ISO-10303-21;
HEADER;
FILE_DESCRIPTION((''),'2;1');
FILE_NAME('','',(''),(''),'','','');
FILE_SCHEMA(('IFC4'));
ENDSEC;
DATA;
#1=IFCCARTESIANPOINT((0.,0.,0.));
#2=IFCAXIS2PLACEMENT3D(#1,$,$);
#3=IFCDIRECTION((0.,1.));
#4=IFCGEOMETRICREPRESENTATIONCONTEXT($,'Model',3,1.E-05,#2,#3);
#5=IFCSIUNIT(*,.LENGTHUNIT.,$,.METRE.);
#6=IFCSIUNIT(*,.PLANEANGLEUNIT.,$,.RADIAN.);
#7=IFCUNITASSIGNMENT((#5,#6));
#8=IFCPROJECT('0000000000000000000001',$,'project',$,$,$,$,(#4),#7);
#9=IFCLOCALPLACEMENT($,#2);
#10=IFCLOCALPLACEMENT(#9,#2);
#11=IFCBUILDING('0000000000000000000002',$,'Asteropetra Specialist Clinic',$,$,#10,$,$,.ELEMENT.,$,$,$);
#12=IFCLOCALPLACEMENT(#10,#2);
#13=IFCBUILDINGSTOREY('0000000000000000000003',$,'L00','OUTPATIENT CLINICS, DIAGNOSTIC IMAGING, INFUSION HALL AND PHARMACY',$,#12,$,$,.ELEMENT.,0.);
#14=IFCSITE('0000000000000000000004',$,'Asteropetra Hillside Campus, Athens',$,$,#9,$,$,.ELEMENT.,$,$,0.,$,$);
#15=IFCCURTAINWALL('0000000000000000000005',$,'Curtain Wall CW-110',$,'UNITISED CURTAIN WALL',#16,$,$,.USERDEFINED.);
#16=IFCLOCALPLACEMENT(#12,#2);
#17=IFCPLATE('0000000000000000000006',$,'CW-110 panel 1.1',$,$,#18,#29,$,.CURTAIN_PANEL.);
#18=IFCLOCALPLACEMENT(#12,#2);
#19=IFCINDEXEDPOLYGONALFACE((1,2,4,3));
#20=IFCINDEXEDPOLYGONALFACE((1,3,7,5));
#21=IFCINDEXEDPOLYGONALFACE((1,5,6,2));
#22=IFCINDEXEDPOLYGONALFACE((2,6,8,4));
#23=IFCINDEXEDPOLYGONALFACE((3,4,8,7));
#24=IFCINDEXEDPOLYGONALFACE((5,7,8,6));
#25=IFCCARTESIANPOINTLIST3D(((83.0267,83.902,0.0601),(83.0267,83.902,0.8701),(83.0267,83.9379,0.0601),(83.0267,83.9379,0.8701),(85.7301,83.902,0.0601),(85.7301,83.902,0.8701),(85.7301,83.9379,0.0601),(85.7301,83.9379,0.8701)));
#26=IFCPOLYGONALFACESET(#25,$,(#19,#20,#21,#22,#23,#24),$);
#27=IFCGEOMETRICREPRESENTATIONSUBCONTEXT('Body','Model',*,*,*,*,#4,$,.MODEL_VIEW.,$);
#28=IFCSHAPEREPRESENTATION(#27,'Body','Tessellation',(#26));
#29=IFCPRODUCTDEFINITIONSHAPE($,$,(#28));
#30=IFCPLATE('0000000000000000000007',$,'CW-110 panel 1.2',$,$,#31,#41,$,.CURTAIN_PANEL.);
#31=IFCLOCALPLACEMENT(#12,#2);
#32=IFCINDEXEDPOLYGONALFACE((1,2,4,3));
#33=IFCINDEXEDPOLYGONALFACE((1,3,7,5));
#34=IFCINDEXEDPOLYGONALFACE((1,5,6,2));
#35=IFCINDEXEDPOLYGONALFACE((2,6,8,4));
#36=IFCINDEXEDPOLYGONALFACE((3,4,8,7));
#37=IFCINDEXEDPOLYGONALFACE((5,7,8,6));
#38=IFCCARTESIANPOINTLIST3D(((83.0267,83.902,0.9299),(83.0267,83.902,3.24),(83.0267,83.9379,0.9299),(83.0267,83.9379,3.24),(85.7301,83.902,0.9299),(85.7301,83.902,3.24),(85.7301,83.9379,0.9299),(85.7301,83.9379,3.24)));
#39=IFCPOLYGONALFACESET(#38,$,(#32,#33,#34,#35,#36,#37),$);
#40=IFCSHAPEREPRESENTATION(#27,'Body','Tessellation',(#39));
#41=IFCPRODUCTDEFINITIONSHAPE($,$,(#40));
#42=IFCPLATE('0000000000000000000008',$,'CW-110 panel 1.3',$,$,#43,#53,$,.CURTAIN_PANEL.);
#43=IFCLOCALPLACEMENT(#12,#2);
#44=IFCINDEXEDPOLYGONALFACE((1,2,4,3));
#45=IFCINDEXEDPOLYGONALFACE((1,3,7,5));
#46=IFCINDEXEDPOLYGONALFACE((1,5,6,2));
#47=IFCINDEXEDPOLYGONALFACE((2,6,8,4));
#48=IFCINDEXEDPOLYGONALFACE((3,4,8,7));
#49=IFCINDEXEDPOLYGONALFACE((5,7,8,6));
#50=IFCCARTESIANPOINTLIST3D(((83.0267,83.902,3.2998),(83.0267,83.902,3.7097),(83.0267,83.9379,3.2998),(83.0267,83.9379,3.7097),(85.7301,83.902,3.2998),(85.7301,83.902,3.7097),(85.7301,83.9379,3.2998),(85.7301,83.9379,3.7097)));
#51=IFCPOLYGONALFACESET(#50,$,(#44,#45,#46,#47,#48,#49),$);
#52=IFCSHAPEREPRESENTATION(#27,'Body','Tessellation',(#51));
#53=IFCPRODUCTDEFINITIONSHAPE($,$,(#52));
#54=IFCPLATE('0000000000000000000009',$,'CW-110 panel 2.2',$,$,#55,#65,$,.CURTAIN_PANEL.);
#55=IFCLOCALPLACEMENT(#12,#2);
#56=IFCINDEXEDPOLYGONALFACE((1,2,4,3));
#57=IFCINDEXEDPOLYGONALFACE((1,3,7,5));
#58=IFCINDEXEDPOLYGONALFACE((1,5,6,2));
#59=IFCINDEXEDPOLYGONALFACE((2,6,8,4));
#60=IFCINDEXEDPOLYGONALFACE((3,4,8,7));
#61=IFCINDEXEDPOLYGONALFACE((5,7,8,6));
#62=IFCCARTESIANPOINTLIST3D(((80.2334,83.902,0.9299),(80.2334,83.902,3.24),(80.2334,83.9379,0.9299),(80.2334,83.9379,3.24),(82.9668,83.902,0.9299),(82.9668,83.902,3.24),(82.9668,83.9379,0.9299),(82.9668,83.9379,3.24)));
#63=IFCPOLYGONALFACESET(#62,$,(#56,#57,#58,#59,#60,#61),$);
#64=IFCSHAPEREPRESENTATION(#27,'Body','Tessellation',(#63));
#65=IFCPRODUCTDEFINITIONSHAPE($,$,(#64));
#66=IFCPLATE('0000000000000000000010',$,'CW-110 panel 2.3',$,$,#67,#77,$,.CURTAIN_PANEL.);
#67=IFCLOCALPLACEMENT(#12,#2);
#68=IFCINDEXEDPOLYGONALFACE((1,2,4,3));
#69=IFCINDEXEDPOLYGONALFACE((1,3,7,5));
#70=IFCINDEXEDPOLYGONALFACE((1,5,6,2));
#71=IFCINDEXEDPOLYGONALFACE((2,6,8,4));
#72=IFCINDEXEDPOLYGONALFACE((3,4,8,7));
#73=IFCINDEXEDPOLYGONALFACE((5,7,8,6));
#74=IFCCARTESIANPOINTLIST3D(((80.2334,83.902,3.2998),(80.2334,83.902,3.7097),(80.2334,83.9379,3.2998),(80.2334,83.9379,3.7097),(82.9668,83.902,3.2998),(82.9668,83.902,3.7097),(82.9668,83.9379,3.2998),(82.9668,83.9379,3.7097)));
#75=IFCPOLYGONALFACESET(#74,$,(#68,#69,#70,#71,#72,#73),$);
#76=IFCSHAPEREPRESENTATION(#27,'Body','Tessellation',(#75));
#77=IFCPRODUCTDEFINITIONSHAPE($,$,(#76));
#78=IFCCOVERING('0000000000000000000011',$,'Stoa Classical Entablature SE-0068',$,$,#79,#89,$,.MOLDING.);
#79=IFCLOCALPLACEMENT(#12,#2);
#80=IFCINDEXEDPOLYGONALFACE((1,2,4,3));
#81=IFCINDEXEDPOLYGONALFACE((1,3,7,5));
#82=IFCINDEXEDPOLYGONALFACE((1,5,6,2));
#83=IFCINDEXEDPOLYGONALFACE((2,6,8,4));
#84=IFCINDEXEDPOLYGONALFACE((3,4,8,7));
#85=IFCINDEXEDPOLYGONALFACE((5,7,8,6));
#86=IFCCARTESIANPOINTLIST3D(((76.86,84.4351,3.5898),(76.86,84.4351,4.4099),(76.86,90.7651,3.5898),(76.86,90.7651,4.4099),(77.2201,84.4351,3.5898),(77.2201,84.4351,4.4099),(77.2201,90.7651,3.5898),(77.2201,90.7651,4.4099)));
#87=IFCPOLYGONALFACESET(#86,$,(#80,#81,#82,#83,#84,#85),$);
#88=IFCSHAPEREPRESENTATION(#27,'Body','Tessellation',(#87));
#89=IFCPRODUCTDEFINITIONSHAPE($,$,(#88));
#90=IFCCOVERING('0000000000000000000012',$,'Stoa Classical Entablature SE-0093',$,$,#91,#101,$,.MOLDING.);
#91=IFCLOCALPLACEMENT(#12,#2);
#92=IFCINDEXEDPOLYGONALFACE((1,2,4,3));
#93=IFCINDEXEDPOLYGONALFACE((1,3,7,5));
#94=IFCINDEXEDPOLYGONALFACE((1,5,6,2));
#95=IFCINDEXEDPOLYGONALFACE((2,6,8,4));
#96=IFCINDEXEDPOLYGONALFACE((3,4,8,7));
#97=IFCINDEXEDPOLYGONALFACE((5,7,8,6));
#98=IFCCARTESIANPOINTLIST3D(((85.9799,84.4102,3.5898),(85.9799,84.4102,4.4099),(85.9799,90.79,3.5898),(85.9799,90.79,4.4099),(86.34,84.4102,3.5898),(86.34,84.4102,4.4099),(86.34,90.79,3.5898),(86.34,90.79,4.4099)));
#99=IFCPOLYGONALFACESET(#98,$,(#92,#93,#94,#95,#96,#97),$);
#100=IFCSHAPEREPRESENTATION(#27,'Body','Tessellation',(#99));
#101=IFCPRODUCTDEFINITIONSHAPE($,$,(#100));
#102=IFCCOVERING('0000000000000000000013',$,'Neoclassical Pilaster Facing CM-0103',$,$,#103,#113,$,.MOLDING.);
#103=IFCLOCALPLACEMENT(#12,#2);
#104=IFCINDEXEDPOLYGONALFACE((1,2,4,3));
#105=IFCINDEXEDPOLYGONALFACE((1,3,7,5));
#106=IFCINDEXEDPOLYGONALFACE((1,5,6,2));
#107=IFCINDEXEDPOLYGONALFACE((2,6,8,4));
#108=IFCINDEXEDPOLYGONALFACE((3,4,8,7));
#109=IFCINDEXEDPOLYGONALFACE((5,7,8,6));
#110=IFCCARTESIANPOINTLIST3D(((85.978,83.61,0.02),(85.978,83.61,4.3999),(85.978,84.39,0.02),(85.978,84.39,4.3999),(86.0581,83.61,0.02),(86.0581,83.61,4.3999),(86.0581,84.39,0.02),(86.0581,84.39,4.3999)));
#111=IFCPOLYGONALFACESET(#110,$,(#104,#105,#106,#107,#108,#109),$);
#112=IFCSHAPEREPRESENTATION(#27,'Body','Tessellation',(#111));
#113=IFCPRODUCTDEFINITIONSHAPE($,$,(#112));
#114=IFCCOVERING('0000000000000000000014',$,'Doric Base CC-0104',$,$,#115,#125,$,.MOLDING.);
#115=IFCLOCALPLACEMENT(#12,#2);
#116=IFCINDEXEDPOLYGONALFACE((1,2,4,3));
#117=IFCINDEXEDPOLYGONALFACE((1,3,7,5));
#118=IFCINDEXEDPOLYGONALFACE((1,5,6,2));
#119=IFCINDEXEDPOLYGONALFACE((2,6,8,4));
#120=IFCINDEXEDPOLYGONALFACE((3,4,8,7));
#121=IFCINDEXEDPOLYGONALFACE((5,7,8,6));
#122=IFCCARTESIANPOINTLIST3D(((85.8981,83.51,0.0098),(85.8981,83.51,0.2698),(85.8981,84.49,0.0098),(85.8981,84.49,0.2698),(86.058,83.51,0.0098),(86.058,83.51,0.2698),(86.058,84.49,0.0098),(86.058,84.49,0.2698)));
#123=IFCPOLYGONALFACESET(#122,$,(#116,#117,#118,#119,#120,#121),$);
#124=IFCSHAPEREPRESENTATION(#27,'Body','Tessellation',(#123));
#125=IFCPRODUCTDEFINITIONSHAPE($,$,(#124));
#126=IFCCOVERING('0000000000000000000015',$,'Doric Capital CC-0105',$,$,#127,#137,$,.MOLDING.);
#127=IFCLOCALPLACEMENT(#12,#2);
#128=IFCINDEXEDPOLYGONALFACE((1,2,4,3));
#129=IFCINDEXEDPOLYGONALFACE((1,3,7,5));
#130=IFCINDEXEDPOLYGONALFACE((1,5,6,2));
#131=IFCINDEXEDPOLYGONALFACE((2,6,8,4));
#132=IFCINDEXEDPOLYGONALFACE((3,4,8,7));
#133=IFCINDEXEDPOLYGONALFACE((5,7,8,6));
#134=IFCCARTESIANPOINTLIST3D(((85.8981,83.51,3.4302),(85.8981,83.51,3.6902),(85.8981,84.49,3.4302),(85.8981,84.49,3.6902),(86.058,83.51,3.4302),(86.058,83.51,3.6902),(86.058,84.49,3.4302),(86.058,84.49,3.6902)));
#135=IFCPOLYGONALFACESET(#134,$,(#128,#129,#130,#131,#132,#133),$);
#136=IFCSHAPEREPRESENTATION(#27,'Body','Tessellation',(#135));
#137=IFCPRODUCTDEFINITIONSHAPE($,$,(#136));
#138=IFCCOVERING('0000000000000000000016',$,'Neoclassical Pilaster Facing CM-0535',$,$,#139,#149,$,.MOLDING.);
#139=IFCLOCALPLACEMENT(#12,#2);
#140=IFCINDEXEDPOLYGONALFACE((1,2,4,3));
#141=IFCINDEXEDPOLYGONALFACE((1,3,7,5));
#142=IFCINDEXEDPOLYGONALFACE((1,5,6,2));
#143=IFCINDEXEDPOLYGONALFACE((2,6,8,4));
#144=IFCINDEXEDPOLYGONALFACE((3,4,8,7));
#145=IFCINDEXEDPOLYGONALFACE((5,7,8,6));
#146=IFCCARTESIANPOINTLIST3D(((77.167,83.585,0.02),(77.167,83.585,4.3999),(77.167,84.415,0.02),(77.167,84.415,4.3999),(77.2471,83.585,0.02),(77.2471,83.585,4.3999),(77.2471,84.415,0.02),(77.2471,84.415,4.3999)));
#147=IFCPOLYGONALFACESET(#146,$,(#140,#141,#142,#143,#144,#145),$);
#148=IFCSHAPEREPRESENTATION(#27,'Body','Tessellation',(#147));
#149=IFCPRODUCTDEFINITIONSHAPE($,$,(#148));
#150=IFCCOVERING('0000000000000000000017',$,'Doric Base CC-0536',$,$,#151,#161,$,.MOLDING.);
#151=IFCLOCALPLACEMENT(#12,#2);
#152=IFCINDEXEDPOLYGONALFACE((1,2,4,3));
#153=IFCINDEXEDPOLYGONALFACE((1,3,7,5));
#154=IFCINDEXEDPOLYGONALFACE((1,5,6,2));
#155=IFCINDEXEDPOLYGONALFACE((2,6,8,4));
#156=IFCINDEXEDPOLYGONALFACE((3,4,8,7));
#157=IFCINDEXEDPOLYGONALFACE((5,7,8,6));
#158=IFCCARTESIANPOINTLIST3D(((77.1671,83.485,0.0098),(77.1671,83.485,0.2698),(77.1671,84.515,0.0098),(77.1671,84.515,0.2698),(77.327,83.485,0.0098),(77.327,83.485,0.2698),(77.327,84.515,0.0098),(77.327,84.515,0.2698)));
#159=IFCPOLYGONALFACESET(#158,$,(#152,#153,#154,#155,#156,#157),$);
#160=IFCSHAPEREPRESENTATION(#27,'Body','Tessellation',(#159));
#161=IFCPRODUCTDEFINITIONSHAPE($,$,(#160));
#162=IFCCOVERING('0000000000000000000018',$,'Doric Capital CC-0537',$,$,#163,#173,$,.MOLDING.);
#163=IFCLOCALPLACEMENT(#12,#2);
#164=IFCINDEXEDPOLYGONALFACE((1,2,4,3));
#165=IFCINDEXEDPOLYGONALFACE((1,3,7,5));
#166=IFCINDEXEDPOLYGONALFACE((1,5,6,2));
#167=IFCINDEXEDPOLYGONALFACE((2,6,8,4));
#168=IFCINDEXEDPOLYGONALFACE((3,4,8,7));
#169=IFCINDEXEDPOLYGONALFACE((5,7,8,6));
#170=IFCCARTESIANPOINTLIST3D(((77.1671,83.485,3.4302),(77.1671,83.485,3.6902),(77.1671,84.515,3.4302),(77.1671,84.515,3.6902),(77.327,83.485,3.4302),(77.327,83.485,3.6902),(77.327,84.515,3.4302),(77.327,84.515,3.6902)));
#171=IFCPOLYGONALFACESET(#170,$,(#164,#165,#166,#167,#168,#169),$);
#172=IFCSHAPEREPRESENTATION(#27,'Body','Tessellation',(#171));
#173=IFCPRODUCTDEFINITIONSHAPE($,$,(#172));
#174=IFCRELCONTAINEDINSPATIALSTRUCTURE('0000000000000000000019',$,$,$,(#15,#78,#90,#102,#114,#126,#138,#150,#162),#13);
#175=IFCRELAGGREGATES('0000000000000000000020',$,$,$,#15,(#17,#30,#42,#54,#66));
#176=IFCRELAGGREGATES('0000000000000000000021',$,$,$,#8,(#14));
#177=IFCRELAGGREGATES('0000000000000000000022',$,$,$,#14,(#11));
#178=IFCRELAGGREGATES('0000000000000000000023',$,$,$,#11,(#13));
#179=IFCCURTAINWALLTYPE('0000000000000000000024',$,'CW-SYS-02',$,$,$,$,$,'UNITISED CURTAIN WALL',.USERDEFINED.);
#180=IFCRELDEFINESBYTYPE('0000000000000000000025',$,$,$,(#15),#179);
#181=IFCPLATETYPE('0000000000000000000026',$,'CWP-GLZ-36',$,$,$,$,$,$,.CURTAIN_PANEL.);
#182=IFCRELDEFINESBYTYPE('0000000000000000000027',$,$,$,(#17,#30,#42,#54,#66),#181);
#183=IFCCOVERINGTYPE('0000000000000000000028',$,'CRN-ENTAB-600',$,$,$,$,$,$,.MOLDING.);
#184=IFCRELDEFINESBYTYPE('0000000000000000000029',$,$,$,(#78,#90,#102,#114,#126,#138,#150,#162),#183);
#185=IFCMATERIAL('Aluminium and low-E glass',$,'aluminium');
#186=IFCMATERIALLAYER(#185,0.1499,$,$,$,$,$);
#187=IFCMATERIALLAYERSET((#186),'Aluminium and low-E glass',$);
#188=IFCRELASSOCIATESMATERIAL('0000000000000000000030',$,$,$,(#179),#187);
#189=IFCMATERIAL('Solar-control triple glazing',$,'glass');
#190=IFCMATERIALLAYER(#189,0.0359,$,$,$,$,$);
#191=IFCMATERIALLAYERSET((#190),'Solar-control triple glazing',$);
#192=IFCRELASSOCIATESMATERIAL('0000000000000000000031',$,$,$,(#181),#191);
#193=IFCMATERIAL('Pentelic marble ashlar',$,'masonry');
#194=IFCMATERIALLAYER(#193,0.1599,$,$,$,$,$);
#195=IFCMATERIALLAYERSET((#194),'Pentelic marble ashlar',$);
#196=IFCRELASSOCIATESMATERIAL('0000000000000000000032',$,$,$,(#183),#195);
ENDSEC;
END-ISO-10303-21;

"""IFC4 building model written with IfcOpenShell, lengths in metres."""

from ifc_helpers import new_model, si_unit, direction, frame, origin, origin_2d, place, context, subcontext, project, spatial, rectangle, extrude, material, layer, layer_set, type_object, element, aggregate, save


model = new_model("IFC4")

# Units and contexts
model_context = context("Model", 3, precision=1e-05, world=origin(), true_north=direction((0.0, 1.0)))
body_context = subcontext(model_context, "Body", "Model", "MODEL_VIEW")
ifc_project = project(units=[si_unit("LENGTHUNIT", "METRE"), si_unit("PLANEANGLEUNIT", "RADIAN")], contexts=[model_context])

# Site, building, storey
site_placement = place(None, origin())
site = spatial("IfcSite", under=ifc_project, at=site_placement, Name="Asteropetra Hillside Campus, Athens", CompositionType="ELEMENT", RefElevation=0.0)
building_placement = place(site_placement, origin())
building = spatial("IfcBuilding", under=site, at=building_placement, Name="Asteropetra Specialist Clinic", CompositionType="ELEMENT")
storey_placement = place(building_placement, origin())
storey = spatial("IfcBuildingStorey", under=building, at=storey_placement, Name="L00", Description="OUTPATIENT CLINICS, DIAGNOSTIC IMAGING, INFUSION HALL AND PHARMACY", CompositionType="ELEMENT", Elevation=0.0)

# Curtain wall
ifc_material_1 = material(Name="Aluminium and low-E glass", Category="aluminium")
ifc_layer_1 = layer(ifc_material_1, 0.1499)
ifc_layer_set_1 = layer_set([ifc_layer_1], Name="Aluminium and low-E glass")
curtain_wall_type_1 = type_object("IfcCurtainWallType", Name="CW-SYS-02", ElementType="UNITISED CURTAIN WALL", PredefinedType="USERDEFINED", material=ifc_layer_set_1)
curtain_wall_1_placement = place(storey_placement, origin())
curtain_wall_1 = element("IfcCurtainWall", 1, at=curtain_wall_1_placement, inside=storey, type_object=curtain_wall_type_1, Name="Curtain Wall CW-110", ObjectType="UNITISED CURTAIN WALL", PredefinedType="USERDEFINED")

# Plates
ifc_material_2 = material(Name="Solar-control triple glazing", Category="glass")
ifc_layer_2 = layer(ifc_material_2, 0.0359)
ifc_layer_set_2 = layer_set([ifc_layer_2], Name="Solar-control triple glazing")
plate_type_1 = type_object("IfcPlateType", Name="CWP-GLZ-36", PredefinedType="CURTAIN_PANEL", material=ifc_layer_set_2)
plate_1_placement = place(storey_placement, frame((84.3784, 83.9199, 0.0601), z_axis=(0.0, 0.0, 1.0), x_axis=(-1.0, 0.0, 0.0)))
plate_1 = element("IfcPlate", 2, at=plate_1_placement, type_object=plate_type_1, Name="CW-110 panel 1.1", PredefinedType="CURTAIN_PANEL", context=body_context, shape_type="SweptSolid", body=[
    extrude(rectangle(XDim=2.7034, YDim=0.0359, at=origin_2d()), origin(), (0.0, 0.0, 1.0), 0.8101),
])
plate_2_placement = place(storey_placement, frame((84.3784, 83.9199, 0.9299), z_axis=(0.0, 0.0, 1.0), x_axis=(-1.0, 0.0, 0.0)))
plate_2 = element("IfcPlate", 3, at=plate_2_placement, type_object=plate_type_1, Name="CW-110 panel 1.2", PredefinedType="CURTAIN_PANEL", context=body_context, shape_type="SweptSolid", body=[
    extrude(rectangle(XDim=2.7034, YDim=0.0359, at=origin_2d()), origin(), (0.0, 0.0, 1.0), 2.3101),
])
plate_3_placement = place(storey_placement, frame((84.3784, 83.9199, 3.2998), z_axis=(0.0, 0.0, 1.0), x_axis=(-1.0, 0.0, 0.0)))
plate_3 = element("IfcPlate", 4, at=plate_3_placement, type_object=plate_type_1, Name="CW-110 panel 1.3", PredefinedType="CURTAIN_PANEL", context=body_context, shape_type="SweptSolid", body=[
    extrude(rectangle(XDim=2.7034, YDim=0.0359, at=origin_2d()), origin(), (0.0, 0.0, 1.0), 0.4099),
])
plate_4_placement = place(storey_placement, frame((81.6001, 83.9199, 0.9299), z_axis=(0.0, 0.0, 1.0), x_axis=(-1.0, 0.0, 0.0)))
plate_4 = element("IfcPlate", 5, at=plate_4_placement, type_object=plate_type_1, Name="CW-110 panel 2.2", PredefinedType="CURTAIN_PANEL", context=body_context, shape_type="SweptSolid", body=[
    extrude(rectangle(XDim=2.7334, YDim=0.0359, at=origin_2d()), origin(), (0.0, 0.0, 1.0), 2.3101),
])
plate_5_placement = place(storey_placement, frame((81.6001, 83.9199, 3.2998), z_axis=(0.0, 0.0, 1.0), x_axis=(-1.0, 0.0, 0.0)))
plate_5 = element("IfcPlate", 6, at=plate_5_placement, type_object=plate_type_1, Name="CW-110 panel 2.3", PredefinedType="CURTAIN_PANEL", context=body_context, shape_type="SweptSolid", body=[
    extrude(rectangle(XDim=2.7334, YDim=0.0359, at=origin_2d()), origin(), (0.0, 0.0, 1.0), 0.4099),
])
aggregate(curtain_wall_1, [plate_1, plate_2, plate_3, plate_4, plate_5])

# Coverings
ifc_material_3 = material(Name="Pentelic marble ashlar", Category="masonry")
ifc_layer_3 = layer(ifc_material_3, 0.1599)
ifc_layer_set_3 = layer_set([ifc_layer_3], Name="Pentelic marble ashlar")
covering_type = type_object("IfcCoveringType", Name="CRN-ENTAB-600", PredefinedType="MOLDING", material=ifc_layer_set_3)
covering_1_placement = place(storey_placement, frame((77.04, 87.6001, 3.5898), z_axis=(0.0, 0.0, 1.0), x_axis=(1.0, 0.0, 0.0)))
element("IfcCovering", 7, at=covering_1_placement, inside=storey, type_object=covering_type, Name="Stoa Classical Entablature SE-0068", PredefinedType="MOLDING", context=body_context, shape_type="SweptSolid", body=[
    extrude(rectangle(XDim=0.3601, YDim=6.3301, at=origin_2d()), origin(), (0.0, 0.0, 1.0), 0.8201),
])
covering_2_placement = place(storey_placement, frame((86.1599, 87.6001, 3.5898), z_axis=(0.0, 0.0, 1.0), x_axis=(1.0, 0.0, 0.0)))
element("IfcCovering", 8, at=covering_2_placement, inside=storey, type_object=covering_type, Name="Stoa Classical Entablature SE-0093", PredefinedType="MOLDING", context=body_context, shape_type="SweptSolid", body=[
    extrude(rectangle(XDim=0.3601, YDim=6.3799, at=origin_2d()), origin(), (0.0, 0.0, 1.0), 0.8201),
])
covering_3_placement = place(storey_placement, frame((86.0181, 84.0, 0.02), z_axis=(0.0, 0.0, 1.0), x_axis=(1.0, 0.0, 0.0)))
element("IfcCovering", 9, at=covering_3_placement, inside=storey, type_object=covering_type, Name="Neoclassical Pilaster Facing CM-0103", PredefinedType="MOLDING", context=body_context, shape_type="SweptSolid", body=[
    extrude(rectangle(XDim=0.0801, YDim=0.78, at=origin_2d()), origin(), (0.0, 0.0, 1.0), 4.3799),
])
for number, where, z_axis, x_axis, name in (
    (10, (85.978, 84.0, 0.0098), (0.0, 0.0, 1.0), (1.0, 0.0, 0.0), "Doric Base CC-0104"),
    (11, (85.978, 84.0, 3.4302), (0.0, 0.0, 1.0), (1.0, 0.0, 0.0), "Doric Capital CC-0105"),
):
    element("IfcCovering", number, at=place(storey_placement, frame(where, z_axis=z_axis, x_axis=x_axis)), inside=storey, type_object=covering_type, Name=name, PredefinedType="MOLDING", context=body_context, shape_type="SweptSolid", body=[
        extrude(rectangle(XDim=0.1599, YDim=0.98, at=origin_2d()), origin(), (0.0, 0.0, 1.0), 0.26),
    ])
covering_4_placement = place(storey_placement, frame((77.207, 84.0, 0.02), z_axis=(0.0, 0.0, 1.0), x_axis=(1.0, 0.0, 0.0)))
element("IfcCovering", 12, at=covering_4_placement, inside=storey, type_object=covering_type, Name="Neoclassical Pilaster Facing CM-0535", PredefinedType="MOLDING", context=body_context, shape_type="SweptSolid", body=[
    extrude(rectangle(XDim=0.0801, YDim=0.8301, at=origin_2d()), origin(), (0.0, 0.0, 1.0), 4.3799),
])
for number, where, z_axis, x_axis, name in (
    (13, (77.2471, 84.0, 0.0098), (0.0, 0.0, 1.0), (1.0, 0.0, 0.0), "Doric Base CC-0536"),
    (14, (77.2471, 84.0, 3.4302), (0.0, 0.0, 1.0), (1.0, 0.0, 0.0), "Doric Capital CC-0537"),
):
    element("IfcCovering", number, at=place(storey_placement, frame(where, z_axis=z_axis, x_axis=x_axis)), inside=storey, type_object=covering_type, Name=name, PredefinedType="MOLDING", context=body_context, shape_type="SweptSolid", body=[
        extrude(rectangle(XDim=0.1599, YDim=1.03, at=origin_2d()), origin(), (0.0, 0.0, 1.0), 0.26),
    ])

save(model, "model.ifc")
